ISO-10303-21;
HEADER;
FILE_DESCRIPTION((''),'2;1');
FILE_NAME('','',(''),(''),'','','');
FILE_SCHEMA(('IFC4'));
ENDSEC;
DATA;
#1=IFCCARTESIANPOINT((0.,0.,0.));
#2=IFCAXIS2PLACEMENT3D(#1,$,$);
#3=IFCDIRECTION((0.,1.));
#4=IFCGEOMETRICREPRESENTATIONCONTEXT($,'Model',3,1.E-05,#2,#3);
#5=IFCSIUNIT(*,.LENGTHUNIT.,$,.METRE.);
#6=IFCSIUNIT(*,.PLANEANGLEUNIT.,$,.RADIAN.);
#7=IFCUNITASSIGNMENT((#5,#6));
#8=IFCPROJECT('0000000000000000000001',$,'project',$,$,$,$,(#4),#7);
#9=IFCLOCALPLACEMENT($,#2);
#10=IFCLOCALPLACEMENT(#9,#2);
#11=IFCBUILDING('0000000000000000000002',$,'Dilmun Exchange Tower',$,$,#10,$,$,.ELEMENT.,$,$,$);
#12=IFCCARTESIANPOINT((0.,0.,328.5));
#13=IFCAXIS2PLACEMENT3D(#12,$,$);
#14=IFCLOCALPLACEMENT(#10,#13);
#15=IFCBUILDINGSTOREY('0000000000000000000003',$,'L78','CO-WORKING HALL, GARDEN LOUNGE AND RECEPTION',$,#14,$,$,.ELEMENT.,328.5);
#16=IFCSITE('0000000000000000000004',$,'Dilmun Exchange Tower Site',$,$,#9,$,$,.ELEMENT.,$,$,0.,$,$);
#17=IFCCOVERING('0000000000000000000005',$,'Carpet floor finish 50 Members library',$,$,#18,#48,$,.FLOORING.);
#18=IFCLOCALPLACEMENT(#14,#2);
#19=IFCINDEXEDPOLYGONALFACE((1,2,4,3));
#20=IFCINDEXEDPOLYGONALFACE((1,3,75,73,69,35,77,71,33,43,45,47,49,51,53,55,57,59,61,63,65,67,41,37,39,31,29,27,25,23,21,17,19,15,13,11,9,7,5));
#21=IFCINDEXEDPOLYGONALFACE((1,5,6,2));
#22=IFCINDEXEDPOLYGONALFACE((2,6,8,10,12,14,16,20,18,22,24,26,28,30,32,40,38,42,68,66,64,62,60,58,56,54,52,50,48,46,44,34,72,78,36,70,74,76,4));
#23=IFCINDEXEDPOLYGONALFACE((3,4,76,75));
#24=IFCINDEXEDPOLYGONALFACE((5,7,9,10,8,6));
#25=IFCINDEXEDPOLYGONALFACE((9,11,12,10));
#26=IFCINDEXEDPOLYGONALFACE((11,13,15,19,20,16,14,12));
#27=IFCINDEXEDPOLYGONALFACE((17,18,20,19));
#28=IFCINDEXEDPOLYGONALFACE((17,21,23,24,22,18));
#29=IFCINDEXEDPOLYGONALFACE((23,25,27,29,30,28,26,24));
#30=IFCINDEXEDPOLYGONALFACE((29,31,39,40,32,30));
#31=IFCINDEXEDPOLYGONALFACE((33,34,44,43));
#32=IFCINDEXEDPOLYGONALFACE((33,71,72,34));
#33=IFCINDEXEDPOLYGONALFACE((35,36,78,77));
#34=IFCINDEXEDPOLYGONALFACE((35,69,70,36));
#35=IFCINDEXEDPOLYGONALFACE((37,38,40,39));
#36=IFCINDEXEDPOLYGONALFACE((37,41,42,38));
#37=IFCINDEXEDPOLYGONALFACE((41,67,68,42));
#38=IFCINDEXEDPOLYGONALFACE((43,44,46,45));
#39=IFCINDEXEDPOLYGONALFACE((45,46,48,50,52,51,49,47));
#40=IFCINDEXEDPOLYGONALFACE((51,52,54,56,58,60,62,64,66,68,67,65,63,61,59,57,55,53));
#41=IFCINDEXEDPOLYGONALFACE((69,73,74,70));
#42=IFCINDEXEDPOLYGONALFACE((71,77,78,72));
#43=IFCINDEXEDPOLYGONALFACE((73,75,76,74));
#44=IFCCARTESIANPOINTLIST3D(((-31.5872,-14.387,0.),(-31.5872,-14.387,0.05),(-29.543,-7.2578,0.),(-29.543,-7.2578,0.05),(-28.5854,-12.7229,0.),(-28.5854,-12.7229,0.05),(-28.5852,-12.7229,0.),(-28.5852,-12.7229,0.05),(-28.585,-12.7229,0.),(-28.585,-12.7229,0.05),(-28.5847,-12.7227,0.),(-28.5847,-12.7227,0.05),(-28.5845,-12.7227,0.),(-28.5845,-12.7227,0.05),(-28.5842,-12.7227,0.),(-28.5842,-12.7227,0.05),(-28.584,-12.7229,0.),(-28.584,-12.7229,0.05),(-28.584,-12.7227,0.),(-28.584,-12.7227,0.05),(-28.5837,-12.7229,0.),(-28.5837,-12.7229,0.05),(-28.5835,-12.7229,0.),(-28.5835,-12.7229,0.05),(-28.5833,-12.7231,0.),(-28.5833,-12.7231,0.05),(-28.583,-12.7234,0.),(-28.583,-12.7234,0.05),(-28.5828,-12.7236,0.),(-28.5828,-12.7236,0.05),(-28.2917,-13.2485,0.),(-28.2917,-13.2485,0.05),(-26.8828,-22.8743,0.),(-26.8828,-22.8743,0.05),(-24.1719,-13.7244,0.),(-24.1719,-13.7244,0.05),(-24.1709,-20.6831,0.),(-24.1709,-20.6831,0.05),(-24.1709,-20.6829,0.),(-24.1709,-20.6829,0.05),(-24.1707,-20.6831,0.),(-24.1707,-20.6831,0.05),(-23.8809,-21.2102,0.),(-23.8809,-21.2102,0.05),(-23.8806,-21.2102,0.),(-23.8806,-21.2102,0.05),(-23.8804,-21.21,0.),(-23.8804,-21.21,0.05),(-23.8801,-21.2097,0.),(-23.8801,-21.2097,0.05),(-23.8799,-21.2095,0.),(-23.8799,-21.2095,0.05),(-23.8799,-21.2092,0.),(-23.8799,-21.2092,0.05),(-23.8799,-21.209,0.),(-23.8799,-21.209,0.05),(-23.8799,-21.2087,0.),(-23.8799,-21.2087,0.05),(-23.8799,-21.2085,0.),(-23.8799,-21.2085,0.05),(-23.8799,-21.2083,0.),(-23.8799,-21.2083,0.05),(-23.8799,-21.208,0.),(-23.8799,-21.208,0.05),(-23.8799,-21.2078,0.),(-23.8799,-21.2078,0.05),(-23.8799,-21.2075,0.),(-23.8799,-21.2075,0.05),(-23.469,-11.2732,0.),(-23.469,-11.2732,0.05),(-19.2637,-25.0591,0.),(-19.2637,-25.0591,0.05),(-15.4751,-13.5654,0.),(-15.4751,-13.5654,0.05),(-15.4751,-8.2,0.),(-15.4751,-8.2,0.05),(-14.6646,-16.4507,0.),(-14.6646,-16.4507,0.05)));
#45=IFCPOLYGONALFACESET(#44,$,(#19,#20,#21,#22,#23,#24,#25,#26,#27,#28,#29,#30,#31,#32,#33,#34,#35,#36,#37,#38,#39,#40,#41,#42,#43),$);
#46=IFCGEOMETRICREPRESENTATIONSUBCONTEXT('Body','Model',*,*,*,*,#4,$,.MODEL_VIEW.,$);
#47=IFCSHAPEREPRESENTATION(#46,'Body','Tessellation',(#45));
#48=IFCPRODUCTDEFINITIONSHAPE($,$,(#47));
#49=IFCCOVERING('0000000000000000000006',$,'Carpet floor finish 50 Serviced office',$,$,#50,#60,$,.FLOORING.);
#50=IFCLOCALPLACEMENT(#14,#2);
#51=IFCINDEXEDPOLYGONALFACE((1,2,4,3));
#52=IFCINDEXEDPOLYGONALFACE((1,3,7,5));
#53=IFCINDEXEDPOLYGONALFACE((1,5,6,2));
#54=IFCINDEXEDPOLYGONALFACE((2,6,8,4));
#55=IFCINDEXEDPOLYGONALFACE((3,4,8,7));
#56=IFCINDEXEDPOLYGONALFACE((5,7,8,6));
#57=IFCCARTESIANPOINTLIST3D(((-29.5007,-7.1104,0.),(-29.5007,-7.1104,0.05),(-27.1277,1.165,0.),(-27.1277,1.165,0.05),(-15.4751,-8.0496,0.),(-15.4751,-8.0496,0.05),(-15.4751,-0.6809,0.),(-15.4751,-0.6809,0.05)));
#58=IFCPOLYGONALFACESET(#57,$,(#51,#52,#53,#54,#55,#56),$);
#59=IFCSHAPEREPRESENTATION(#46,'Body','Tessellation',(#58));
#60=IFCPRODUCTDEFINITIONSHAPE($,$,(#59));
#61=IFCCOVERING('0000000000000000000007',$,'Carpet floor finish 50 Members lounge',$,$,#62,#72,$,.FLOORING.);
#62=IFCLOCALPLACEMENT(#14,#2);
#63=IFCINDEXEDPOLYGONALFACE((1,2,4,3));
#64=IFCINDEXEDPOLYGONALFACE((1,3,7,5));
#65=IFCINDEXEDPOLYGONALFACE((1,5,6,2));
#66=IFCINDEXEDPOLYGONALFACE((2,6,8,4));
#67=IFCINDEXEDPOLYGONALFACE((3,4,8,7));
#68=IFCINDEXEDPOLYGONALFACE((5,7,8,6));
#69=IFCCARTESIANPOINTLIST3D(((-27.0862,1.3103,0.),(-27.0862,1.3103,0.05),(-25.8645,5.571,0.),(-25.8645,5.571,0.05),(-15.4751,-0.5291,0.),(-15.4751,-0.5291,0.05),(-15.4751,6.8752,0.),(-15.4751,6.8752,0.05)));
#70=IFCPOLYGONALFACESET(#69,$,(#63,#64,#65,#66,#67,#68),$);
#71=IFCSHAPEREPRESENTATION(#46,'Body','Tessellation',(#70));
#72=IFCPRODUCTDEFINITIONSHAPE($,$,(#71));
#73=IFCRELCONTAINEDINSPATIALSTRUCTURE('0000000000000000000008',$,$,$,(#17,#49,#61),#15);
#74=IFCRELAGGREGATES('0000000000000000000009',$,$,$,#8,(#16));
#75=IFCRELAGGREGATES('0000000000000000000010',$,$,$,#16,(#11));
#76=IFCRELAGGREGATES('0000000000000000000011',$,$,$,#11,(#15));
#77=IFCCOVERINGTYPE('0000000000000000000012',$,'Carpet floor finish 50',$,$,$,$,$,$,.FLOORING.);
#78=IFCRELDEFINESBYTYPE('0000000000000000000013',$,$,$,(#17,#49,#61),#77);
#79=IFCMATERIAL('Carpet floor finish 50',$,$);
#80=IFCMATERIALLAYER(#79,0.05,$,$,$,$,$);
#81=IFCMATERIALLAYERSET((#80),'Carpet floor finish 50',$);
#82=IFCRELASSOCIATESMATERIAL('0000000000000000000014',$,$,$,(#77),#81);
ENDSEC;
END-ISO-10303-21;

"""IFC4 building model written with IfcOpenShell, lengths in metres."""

from ifc_helpers import new_model, si_unit, direction, frame, origin, place, context, subcontext, project, spatial, polyline, outline, extrude, material, layer, layer_set, type_object, element, save


model = new_model("IFC4")

# Units and contexts
model_context = context("Model", 3, precision=1e-05, world=origin(), true_north=direction((0.0, 1.0)))
body_context = subcontext(model_context, "Body", "Model", "MODEL_VIEW")
ifc_project = project(units=[si_unit("LENGTHUNIT", "METRE"), si_unit("PLANEANGLEUNIT", "RADIAN")], contexts=[model_context])

# Site, building, storey
site_placement = place(None, origin())
site = spatial("IfcSite", under=ifc_project, at=site_placement, Name="Dilmun Exchange Tower Site", CompositionType="ELEMENT", RefElevation=0.0)
building_placement = place(site_placement, origin())
building = spatial("IfcBuilding", under=site, at=building_placement, Name="Dilmun Exchange Tower", CompositionType="ELEMENT")
storey_placement = place(building_placement, frame((0.0, 0.0, 328.5)))
storey = spatial("IfcBuildingStorey", under=building, at=storey_placement, Name="L78", Description="CO-WORKING HALL, GARDEN LOUNGE AND RECEPTION", CompositionType="ELEMENT", Elevation=328.5)

# Coverings
ifc_material_1 = material(Name="Carpet floor finish 50")
ifc_layer_1 = layer(ifc_material_1, 0.05)
ifc_layer_set_1 = layer_set([ifc_layer_1], Name="Carpet floor finish 50")
covering_type_1 = type_object("IfcCoveringType", Name="Carpet floor finish 50", PredefinedType="FLOORING", material=ifc_layer_set_1)
covering_1_placement = place(storey_placement, origin())
element("IfcCovering", 1, at=covering_1_placement, inside=storey, type_object=covering_type_1, Name="Carpet floor finish 50 Members library", PredefinedType="FLOORING", context=body_context, shape_type="SweptSolid", body=[
    extrude(outline(polyline([(-15.4751, -8.2), (-15.4751, -13.5654), (-23.469, -11.2732), (-24.1719, -13.7244), (-14.6646, -16.4507), (-19.2637, -25.0591), (-26.8828, -22.8743), (-23.8809, -21.2102), (-23.8806, -21.2102), (-23.8806, -21.2102), (-23.8804, -21.21), (-23.8801, -21.2097), (-23.8801, -21.2097), (-23.8799, -21.2095), (-23.8799, -21.2092), (-23.8799, -21.209), (-23.8799, -21.209), (-23.8799, -21.2087), (-23.8799, -21.2085), (-23.8799, -21.2085), (-23.8799, -21.2083), (-23.8799, -21.208), (-23.8799, -21.2078), (-23.8799, -21.2075), (-24.1707, -20.6831), (-24.1707, -20.6831), (-24.1709, -20.6831), (-24.1709, -20.6829), (-28.2917, -13.2485), (-28.2917, -13.2485), (-28.2917, -13.2485), (-28.5828, -12.7236), (-28.5828, -12.7236), (-28.583, -12.7234), (-28.583, -12.7234), (-28.5833, -12.7231), (-28.5835, -12.7229), (-28.5835, -12.7229), (-28.5837, -12.7229), (-28.584, -12.7229), (-28.584, -12.7227), (-28.5842, -12.7227), (-28.5845, -12.7227), (-28.5847, -12.7227), (-28.585, -12.7229), (-28.5852, -12.7229), (-28.5852, -12.7229), (-28.5854, -12.7229), (-31.5872, -14.387), (-29.543, -7.2578), (-15.4751, -8.2)])), origin(), (0.0, 0.0, 1.0), 0.05),
])
covering_2_placement = place(storey_placement, origin())
element("IfcCovering", 2, at=covering_2_placement, inside=storey, type_object=covering_type_1, Name="Carpet floor finish 50 Serviced office", PredefinedType="FLOORING", context=body_context, shape_type="SweptSolid", body=[
    extrude(outline(polyline([(-29.5007, -7.1104), (-27.1277, 1.165), (-15.4751, -0.6809), (-15.4751, -8.0496), (-29.5007, -7.1104)])), origin(), (0.0, 0.0, 1.0), 0.05),
])
covering_3_placement = place(storey_placement, origin())
element("IfcCovering", 3, at=covering_3_placement, inside=storey, type_object=covering_type_1, Name="Carpet floor finish 50 Members lounge", PredefinedType="FLOORING", context=body_context, shape_type="SweptSolid", body=[
    extrude(outline(polyline([(-15.4751, 6.8752), (-15.4751, -0.5291), (-27.0862, 1.3103), (-25.8645, 5.571), (-15.4751, 6.8752)])), origin(), (0.0, 0.0, 1.0), 0.05),
])

save(model, "model.ifc")
